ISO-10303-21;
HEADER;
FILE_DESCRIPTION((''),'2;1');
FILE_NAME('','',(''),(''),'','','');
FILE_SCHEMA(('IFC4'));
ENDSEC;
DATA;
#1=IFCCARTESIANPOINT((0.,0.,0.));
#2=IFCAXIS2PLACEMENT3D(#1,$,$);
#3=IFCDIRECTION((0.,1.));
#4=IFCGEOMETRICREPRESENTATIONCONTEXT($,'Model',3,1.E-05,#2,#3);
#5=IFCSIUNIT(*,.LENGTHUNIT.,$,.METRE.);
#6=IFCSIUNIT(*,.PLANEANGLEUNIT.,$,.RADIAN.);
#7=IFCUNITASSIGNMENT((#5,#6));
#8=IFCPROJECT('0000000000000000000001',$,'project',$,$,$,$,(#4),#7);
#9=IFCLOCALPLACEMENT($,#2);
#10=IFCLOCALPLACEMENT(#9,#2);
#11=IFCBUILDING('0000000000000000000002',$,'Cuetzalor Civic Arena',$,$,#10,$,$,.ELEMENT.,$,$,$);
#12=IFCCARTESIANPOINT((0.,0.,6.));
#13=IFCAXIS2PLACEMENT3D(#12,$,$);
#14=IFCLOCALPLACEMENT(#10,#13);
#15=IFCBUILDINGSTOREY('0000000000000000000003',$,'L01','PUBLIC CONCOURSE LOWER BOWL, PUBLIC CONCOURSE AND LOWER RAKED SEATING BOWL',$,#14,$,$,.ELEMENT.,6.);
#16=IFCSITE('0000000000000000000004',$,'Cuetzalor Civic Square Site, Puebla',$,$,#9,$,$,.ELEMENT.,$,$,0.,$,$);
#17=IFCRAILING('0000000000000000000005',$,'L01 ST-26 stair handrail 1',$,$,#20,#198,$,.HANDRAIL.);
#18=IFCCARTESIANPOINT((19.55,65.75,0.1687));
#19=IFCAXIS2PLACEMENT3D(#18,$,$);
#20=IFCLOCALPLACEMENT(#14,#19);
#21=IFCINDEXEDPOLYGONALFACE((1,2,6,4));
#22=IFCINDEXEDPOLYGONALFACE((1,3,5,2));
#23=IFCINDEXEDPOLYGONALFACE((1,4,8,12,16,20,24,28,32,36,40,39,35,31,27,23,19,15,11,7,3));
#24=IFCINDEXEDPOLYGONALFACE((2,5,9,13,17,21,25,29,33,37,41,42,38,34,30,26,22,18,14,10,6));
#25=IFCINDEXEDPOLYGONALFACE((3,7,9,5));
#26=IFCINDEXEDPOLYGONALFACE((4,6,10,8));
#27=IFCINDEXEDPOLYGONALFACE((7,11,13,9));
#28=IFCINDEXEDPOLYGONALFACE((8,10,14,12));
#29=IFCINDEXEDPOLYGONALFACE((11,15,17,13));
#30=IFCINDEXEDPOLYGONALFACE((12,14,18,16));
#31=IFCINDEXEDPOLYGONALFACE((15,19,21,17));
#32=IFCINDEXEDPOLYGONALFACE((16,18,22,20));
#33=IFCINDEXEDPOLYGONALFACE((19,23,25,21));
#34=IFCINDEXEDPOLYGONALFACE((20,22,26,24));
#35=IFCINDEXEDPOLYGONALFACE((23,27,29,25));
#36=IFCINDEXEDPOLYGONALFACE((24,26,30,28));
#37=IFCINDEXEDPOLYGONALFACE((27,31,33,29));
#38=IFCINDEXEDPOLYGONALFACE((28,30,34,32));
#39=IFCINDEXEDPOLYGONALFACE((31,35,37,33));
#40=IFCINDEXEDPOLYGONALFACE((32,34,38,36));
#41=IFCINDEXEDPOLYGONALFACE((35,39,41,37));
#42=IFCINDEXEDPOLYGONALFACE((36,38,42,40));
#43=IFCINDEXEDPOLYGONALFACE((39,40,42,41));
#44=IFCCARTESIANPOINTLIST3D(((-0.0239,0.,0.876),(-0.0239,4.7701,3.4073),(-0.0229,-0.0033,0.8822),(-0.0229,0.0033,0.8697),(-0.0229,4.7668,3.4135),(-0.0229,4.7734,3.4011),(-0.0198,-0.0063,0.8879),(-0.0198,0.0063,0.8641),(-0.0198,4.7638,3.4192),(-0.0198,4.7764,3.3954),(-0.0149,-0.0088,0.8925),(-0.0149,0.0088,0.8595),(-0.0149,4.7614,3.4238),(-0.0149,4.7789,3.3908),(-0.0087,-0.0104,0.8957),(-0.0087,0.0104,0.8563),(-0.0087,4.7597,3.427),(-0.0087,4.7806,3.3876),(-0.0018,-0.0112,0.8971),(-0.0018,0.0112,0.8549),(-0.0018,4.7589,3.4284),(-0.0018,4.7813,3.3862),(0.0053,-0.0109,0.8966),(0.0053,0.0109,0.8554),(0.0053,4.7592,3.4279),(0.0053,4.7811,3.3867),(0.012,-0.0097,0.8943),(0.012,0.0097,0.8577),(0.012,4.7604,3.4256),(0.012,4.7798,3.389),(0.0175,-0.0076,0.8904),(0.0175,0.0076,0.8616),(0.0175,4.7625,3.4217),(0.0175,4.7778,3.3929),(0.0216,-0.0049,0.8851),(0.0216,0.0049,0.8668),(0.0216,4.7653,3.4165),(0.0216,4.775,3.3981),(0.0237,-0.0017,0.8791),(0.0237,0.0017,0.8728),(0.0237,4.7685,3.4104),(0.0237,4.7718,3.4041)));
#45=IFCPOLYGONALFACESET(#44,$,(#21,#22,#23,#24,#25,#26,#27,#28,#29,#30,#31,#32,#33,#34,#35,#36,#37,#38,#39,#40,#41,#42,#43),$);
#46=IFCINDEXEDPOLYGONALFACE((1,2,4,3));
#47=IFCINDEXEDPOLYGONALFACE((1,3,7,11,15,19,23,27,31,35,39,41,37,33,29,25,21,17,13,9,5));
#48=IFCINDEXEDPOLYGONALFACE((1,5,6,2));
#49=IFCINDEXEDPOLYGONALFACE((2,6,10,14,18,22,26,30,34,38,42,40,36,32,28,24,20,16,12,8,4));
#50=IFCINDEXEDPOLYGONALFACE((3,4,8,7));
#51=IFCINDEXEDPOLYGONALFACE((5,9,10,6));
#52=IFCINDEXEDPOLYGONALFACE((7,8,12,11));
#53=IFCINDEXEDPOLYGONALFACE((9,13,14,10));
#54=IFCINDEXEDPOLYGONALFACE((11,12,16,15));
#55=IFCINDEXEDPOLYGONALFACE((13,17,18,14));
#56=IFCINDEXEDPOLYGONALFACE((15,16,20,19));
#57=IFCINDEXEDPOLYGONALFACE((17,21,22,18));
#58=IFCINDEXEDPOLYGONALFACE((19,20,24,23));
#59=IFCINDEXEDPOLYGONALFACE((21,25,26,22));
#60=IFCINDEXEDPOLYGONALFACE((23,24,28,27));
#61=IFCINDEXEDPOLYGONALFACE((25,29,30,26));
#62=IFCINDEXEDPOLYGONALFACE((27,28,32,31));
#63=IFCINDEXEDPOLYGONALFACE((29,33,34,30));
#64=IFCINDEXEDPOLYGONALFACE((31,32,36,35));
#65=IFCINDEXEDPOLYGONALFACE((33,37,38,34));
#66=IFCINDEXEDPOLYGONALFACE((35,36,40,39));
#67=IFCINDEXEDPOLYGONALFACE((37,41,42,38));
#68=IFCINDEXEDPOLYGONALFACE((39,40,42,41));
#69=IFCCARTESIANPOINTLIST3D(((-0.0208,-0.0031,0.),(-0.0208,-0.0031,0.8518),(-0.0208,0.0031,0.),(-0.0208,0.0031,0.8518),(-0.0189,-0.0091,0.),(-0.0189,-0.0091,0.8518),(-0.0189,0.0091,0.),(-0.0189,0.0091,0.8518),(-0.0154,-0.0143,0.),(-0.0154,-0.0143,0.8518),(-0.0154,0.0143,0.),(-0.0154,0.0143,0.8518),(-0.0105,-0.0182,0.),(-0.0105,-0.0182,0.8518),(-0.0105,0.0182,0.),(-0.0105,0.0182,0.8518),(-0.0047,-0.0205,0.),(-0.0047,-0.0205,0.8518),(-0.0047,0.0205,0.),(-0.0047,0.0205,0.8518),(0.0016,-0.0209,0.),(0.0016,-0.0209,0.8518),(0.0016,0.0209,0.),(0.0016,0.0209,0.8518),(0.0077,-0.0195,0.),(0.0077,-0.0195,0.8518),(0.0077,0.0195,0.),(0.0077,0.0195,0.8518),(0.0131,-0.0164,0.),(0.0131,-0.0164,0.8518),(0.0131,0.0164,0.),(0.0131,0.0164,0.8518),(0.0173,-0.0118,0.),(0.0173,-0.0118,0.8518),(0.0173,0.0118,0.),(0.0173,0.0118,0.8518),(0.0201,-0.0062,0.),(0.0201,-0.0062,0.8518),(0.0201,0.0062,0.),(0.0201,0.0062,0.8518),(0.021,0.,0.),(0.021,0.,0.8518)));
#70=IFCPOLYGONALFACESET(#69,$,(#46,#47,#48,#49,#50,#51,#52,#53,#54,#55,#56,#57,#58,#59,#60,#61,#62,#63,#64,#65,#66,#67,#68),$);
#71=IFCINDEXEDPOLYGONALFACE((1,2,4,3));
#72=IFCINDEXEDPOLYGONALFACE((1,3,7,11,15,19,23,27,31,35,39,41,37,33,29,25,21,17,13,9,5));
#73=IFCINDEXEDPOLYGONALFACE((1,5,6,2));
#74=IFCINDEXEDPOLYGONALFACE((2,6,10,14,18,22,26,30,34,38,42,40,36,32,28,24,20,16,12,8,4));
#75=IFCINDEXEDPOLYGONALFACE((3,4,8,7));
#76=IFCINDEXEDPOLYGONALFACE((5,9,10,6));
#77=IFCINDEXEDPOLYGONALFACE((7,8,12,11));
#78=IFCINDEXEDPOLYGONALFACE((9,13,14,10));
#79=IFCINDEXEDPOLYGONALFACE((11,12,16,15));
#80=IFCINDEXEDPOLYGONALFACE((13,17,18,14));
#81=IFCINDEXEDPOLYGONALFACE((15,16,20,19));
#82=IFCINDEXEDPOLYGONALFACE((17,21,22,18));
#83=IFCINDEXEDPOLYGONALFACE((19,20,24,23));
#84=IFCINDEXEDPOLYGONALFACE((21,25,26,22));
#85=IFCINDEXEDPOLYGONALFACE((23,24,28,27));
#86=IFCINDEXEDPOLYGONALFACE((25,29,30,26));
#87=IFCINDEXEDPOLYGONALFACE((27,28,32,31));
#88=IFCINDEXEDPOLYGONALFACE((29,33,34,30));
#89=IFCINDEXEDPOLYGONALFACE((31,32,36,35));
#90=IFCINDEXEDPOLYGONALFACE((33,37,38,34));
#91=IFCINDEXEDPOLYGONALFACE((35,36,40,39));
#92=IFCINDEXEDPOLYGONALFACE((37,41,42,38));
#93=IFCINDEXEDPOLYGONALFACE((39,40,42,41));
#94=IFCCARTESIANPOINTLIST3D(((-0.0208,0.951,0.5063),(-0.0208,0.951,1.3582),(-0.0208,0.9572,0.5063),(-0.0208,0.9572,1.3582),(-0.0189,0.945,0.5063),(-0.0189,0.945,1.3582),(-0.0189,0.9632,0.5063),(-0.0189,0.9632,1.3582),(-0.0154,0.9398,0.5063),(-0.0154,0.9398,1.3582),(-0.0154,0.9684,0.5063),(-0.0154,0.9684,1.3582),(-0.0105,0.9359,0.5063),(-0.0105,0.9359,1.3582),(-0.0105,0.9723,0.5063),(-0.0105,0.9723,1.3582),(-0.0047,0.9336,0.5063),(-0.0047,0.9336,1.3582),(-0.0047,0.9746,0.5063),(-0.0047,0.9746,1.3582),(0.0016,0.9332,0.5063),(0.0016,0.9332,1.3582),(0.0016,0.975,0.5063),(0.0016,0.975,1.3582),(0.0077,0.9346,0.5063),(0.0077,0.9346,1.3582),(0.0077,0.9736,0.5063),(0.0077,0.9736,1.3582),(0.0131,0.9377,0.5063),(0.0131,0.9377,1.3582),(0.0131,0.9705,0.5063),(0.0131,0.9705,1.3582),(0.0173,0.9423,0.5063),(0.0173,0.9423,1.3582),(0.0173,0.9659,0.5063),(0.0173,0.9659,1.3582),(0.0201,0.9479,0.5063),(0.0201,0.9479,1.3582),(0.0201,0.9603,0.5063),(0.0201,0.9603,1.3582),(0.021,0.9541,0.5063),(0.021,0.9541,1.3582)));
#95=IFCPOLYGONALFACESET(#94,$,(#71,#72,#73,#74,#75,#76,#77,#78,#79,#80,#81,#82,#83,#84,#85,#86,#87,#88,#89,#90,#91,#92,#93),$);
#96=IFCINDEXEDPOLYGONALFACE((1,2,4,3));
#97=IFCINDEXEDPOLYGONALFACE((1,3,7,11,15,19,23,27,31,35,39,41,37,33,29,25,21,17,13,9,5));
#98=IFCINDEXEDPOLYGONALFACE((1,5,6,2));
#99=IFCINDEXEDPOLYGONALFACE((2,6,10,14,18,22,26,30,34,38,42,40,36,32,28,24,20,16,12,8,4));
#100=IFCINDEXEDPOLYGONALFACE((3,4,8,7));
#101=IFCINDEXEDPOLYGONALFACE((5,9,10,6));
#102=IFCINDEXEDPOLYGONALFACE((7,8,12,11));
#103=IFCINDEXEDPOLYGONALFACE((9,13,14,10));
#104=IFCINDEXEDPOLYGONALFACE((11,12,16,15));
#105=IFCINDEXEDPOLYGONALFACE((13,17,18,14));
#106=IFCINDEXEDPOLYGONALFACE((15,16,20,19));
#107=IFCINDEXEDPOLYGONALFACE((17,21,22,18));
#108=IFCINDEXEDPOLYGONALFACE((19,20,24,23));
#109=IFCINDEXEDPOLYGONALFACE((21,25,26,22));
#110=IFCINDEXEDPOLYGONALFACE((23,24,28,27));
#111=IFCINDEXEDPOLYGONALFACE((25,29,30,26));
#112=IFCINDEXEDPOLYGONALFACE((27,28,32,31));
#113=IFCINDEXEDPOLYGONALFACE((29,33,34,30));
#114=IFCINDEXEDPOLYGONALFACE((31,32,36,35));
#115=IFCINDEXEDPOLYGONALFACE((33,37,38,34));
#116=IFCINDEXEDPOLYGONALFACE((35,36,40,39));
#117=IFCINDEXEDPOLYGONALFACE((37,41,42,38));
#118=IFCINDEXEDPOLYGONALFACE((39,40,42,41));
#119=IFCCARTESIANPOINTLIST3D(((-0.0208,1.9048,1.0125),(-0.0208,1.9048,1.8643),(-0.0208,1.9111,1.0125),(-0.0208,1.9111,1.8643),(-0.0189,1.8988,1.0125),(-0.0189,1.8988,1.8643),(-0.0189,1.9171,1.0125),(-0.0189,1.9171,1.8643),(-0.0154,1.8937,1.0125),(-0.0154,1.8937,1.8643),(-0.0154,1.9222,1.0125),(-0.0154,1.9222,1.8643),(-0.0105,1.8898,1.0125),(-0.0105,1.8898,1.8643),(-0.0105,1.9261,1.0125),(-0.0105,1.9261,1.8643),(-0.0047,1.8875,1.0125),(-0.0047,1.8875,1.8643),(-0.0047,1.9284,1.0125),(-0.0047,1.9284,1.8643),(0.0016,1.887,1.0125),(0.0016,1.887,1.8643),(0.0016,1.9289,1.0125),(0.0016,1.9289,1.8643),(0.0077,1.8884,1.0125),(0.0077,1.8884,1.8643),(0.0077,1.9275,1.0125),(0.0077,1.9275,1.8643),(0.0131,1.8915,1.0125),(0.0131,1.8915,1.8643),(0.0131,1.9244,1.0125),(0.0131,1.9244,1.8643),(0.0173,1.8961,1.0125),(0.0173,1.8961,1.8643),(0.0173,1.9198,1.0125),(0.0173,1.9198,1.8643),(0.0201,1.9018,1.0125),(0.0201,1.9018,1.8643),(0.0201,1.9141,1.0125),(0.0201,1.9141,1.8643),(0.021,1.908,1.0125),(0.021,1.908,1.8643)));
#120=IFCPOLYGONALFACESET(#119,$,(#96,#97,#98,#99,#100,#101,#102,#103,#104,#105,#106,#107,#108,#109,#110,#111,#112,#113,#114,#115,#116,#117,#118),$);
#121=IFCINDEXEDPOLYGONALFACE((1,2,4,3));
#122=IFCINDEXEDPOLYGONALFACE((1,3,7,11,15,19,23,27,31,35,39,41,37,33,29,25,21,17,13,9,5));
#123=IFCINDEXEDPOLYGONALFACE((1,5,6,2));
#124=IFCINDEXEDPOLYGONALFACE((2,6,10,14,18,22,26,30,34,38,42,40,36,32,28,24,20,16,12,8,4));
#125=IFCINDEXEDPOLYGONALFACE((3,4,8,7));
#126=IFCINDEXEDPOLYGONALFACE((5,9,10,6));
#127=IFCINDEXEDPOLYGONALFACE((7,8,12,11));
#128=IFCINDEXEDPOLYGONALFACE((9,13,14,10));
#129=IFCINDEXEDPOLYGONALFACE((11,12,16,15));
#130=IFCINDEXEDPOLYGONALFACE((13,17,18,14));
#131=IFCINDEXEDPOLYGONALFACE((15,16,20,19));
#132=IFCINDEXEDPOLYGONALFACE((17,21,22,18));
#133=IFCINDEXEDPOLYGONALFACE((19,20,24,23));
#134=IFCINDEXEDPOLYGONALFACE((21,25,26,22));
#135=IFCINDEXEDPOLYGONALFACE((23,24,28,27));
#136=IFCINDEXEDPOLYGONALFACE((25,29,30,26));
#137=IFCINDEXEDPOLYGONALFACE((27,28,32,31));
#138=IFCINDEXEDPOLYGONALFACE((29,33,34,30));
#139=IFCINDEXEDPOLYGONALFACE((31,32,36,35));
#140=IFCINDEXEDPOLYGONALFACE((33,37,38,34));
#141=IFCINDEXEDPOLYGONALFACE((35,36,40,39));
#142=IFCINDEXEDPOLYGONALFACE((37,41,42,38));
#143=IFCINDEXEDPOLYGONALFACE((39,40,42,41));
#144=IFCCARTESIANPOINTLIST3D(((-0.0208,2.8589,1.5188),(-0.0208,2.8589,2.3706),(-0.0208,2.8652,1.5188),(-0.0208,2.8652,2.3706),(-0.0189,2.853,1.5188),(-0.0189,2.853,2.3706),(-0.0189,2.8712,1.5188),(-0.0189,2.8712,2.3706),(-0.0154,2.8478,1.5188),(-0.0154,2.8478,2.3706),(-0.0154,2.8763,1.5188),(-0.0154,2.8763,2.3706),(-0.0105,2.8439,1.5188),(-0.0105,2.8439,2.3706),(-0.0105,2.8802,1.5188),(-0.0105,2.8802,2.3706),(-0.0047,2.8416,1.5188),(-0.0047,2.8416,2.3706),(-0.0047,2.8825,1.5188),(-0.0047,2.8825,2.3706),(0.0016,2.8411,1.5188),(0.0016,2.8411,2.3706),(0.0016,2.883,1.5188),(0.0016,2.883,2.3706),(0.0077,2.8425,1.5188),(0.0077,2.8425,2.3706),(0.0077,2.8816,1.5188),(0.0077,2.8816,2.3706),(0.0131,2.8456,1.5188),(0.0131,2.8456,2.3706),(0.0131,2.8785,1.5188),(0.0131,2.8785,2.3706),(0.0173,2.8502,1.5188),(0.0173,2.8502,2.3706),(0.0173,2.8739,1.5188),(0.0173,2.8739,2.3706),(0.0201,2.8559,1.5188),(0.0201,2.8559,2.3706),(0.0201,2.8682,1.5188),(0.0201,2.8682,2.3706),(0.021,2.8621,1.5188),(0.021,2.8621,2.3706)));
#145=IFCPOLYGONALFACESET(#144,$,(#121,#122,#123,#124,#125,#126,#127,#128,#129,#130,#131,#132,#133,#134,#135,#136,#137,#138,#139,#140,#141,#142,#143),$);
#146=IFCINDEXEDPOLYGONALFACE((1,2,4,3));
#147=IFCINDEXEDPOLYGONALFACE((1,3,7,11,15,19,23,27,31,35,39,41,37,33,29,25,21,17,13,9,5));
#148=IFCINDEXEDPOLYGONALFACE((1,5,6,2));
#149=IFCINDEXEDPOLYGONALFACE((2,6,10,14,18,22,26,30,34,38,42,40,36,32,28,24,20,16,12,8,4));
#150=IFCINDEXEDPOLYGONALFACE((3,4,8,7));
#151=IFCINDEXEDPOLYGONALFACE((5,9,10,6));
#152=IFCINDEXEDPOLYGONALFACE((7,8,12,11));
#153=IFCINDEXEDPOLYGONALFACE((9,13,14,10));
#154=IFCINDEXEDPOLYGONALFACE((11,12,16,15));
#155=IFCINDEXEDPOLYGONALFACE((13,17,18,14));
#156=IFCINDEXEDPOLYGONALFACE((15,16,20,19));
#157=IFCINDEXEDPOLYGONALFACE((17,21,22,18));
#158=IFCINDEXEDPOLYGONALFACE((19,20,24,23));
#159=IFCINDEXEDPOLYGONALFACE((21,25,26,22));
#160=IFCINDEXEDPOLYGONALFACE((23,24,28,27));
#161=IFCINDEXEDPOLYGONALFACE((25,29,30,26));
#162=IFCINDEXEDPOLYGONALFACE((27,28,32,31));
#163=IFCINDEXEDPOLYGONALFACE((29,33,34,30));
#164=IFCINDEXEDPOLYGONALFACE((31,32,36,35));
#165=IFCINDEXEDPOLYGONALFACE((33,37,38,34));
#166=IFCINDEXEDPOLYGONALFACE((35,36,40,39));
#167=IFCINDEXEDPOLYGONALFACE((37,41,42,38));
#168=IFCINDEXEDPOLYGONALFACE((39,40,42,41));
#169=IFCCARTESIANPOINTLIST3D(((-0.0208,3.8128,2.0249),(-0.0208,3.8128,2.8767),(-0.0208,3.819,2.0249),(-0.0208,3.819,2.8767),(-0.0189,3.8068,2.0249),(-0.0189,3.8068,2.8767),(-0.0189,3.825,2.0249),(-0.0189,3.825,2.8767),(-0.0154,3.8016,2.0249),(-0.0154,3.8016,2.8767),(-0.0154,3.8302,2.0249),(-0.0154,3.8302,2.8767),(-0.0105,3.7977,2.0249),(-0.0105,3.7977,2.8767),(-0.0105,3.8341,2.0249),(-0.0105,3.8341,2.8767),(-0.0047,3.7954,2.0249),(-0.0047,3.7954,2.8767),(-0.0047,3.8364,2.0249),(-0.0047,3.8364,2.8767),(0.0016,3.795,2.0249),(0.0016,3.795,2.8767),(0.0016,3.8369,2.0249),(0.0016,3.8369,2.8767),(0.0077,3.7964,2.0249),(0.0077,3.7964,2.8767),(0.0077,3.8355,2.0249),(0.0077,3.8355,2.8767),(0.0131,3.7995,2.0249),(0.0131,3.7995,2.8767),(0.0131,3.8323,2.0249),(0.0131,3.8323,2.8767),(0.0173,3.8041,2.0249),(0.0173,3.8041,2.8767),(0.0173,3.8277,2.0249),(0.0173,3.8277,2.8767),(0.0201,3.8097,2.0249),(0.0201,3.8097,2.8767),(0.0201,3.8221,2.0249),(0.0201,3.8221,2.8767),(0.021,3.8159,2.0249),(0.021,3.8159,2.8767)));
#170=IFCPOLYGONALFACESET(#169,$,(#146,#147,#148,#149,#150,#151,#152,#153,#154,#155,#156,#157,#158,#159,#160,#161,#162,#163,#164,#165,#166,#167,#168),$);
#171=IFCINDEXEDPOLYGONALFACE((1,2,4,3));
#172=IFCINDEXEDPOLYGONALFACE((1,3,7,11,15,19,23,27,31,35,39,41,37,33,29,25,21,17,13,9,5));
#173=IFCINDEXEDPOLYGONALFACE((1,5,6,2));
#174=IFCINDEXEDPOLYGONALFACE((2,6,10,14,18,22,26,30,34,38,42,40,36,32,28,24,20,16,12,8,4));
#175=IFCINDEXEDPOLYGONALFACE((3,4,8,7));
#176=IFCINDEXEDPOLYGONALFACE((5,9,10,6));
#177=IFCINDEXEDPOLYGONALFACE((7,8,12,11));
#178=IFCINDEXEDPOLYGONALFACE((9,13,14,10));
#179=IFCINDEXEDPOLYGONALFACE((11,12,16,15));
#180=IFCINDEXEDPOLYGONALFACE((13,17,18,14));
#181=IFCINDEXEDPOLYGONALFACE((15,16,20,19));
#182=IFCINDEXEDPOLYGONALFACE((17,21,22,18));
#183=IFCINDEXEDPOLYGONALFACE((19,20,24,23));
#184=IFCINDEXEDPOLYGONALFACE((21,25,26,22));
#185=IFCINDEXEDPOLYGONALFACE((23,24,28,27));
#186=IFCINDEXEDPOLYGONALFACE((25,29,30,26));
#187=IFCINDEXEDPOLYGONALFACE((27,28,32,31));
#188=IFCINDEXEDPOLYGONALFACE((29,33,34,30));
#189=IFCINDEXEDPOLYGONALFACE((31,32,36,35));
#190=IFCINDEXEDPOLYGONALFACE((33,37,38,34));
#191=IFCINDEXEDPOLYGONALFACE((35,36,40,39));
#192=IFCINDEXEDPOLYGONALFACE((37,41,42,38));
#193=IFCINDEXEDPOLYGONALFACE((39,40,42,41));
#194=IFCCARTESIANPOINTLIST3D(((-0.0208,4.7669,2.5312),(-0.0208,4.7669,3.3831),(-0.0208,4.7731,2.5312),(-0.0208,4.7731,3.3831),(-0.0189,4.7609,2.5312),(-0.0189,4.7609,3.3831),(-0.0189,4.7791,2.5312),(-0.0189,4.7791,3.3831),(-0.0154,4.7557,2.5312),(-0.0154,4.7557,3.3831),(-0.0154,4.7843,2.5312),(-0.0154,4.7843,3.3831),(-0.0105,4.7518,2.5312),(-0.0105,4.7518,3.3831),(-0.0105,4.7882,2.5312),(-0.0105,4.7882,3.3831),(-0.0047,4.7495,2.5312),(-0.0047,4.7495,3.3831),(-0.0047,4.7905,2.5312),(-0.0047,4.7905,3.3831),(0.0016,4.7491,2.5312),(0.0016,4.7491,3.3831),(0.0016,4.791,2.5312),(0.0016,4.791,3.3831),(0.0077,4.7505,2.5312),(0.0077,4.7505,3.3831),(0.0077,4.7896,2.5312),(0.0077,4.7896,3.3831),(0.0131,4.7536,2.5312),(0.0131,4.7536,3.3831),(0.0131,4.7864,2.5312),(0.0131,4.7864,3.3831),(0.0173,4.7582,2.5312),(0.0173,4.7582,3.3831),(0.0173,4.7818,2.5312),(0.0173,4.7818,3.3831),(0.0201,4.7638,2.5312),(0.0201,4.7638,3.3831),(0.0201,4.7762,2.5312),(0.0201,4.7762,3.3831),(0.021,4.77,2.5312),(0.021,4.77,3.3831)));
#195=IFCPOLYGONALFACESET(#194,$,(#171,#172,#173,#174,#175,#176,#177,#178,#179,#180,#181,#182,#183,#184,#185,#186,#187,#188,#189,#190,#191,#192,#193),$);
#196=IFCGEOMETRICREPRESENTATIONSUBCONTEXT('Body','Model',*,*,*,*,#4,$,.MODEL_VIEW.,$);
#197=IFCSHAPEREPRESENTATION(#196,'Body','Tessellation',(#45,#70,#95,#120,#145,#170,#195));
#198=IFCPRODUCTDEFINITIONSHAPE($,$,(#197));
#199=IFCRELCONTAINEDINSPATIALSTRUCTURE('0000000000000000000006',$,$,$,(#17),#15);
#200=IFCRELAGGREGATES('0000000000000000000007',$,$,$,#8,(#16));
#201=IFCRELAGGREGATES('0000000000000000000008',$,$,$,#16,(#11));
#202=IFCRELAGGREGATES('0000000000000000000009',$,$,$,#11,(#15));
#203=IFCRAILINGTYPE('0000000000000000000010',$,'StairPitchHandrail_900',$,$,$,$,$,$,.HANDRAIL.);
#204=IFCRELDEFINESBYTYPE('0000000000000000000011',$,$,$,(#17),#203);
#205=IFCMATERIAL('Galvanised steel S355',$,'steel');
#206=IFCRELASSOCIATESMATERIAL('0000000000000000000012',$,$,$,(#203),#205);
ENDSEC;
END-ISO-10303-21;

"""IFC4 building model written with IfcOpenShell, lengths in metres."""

from ifc_helpers import new_model, si_unit, direction, frame, origin, origin_2d, place, context, subcontext, project, spatial, circle, extrude, material, type_object, element, save


model = new_model("IFC4")

# Units and contexts
model_context = context("Model", 3, precision=1e-05, world=origin(), true_north=direction((0.0, 1.0)))
body_context = subcontext(model_context, "Body", "Model", "MODEL_VIEW")
ifc_project = project(units=[si_unit("LENGTHUNIT", "METRE"), si_unit("PLANEANGLEUNIT", "RADIAN")], contexts=[model_context])

# Site, building, storey
site_placement = place(None, origin())
site = spatial("IfcSite", under=ifc_project, at=site_placement, Name="Cuetzalor Civic Square Site, Puebla", CompositionType="ELEMENT", RefElevation=0.0)
building_placement = place(site_placement, origin())
building = spatial("IfcBuilding", under=site, at=building_placement, Name="Cuetzalor Civic Arena", CompositionType="ELEMENT")
storey_placement = place(building_placement, frame((0.0, 0.0, 6.0)))
storey = spatial("IfcBuildingStorey", under=building, at=storey_placement, Name="L01", Description="PUBLIC CONCOURSE LOWER BOWL, PUBLIC CONCOURSE AND LOWER RAKED SEATING BOWL", CompositionType="ELEMENT", Elevation=6.0)

# Railing
ifc_material_1 = material(Name="Galvanised steel S355", Category="steel")
railing_type_1 = type_object("IfcRailingType", Name="StairPitchHandrail_900", PredefinedType="HANDRAIL", material=ifc_material_1)
railing_1_placement = place(storey_placement, frame((19.55, 65.75, 0.1687)))
element("IfcRailing", 1, at=railing_1_placement, inside=storey, type_object=railing_type_1, Name="L01 ST-26 stair handrail 1", PredefinedType="HANDRAIL", context=body_context, shape_type="SweptSolid", body=[
    extrude(circle(Radius=0.0239, at=origin_2d()), frame((0.0, 0.0, 0.876), z_axis=(0.0, 0.883332, 0.468747), x_axis=(-1.0, 0.0, 0.0)), (0.0, 0.0, 1.0), 5.4001),
    extrude(circle(Radius=0.021, at=origin_2d()), origin(), (0.0, 0.0, 1.0), 0.8518),
    extrude(circle(Radius=0.021, at=origin_2d()), frame((0.0, 0.9541, 0.5063)), (0.0, 0.0, 1.0), 0.8518),
    extrude(circle(Radius=0.021, at=origin_2d()), frame((0.0, 1.908, 1.0125)), (0.0, 0.0, 1.0), 0.8518),
    extrude(circle(Radius=0.021, at=origin_2d()), frame((0.0, 2.8621, 1.5188)), (0.0, 0.0, 1.0), 0.8518),
    extrude(circle(Radius=0.021, at=origin_2d()), frame((0.0, 3.8159, 2.0249)), (0.0, 0.0, 1.0), 0.8518),
    extrude(circle(Radius=0.021, at=origin_2d()), frame((0.0, 4.77, 2.5312)), (0.0, 0.0, 1.0), 0.8518),
])

save(model, "model.ifc")
